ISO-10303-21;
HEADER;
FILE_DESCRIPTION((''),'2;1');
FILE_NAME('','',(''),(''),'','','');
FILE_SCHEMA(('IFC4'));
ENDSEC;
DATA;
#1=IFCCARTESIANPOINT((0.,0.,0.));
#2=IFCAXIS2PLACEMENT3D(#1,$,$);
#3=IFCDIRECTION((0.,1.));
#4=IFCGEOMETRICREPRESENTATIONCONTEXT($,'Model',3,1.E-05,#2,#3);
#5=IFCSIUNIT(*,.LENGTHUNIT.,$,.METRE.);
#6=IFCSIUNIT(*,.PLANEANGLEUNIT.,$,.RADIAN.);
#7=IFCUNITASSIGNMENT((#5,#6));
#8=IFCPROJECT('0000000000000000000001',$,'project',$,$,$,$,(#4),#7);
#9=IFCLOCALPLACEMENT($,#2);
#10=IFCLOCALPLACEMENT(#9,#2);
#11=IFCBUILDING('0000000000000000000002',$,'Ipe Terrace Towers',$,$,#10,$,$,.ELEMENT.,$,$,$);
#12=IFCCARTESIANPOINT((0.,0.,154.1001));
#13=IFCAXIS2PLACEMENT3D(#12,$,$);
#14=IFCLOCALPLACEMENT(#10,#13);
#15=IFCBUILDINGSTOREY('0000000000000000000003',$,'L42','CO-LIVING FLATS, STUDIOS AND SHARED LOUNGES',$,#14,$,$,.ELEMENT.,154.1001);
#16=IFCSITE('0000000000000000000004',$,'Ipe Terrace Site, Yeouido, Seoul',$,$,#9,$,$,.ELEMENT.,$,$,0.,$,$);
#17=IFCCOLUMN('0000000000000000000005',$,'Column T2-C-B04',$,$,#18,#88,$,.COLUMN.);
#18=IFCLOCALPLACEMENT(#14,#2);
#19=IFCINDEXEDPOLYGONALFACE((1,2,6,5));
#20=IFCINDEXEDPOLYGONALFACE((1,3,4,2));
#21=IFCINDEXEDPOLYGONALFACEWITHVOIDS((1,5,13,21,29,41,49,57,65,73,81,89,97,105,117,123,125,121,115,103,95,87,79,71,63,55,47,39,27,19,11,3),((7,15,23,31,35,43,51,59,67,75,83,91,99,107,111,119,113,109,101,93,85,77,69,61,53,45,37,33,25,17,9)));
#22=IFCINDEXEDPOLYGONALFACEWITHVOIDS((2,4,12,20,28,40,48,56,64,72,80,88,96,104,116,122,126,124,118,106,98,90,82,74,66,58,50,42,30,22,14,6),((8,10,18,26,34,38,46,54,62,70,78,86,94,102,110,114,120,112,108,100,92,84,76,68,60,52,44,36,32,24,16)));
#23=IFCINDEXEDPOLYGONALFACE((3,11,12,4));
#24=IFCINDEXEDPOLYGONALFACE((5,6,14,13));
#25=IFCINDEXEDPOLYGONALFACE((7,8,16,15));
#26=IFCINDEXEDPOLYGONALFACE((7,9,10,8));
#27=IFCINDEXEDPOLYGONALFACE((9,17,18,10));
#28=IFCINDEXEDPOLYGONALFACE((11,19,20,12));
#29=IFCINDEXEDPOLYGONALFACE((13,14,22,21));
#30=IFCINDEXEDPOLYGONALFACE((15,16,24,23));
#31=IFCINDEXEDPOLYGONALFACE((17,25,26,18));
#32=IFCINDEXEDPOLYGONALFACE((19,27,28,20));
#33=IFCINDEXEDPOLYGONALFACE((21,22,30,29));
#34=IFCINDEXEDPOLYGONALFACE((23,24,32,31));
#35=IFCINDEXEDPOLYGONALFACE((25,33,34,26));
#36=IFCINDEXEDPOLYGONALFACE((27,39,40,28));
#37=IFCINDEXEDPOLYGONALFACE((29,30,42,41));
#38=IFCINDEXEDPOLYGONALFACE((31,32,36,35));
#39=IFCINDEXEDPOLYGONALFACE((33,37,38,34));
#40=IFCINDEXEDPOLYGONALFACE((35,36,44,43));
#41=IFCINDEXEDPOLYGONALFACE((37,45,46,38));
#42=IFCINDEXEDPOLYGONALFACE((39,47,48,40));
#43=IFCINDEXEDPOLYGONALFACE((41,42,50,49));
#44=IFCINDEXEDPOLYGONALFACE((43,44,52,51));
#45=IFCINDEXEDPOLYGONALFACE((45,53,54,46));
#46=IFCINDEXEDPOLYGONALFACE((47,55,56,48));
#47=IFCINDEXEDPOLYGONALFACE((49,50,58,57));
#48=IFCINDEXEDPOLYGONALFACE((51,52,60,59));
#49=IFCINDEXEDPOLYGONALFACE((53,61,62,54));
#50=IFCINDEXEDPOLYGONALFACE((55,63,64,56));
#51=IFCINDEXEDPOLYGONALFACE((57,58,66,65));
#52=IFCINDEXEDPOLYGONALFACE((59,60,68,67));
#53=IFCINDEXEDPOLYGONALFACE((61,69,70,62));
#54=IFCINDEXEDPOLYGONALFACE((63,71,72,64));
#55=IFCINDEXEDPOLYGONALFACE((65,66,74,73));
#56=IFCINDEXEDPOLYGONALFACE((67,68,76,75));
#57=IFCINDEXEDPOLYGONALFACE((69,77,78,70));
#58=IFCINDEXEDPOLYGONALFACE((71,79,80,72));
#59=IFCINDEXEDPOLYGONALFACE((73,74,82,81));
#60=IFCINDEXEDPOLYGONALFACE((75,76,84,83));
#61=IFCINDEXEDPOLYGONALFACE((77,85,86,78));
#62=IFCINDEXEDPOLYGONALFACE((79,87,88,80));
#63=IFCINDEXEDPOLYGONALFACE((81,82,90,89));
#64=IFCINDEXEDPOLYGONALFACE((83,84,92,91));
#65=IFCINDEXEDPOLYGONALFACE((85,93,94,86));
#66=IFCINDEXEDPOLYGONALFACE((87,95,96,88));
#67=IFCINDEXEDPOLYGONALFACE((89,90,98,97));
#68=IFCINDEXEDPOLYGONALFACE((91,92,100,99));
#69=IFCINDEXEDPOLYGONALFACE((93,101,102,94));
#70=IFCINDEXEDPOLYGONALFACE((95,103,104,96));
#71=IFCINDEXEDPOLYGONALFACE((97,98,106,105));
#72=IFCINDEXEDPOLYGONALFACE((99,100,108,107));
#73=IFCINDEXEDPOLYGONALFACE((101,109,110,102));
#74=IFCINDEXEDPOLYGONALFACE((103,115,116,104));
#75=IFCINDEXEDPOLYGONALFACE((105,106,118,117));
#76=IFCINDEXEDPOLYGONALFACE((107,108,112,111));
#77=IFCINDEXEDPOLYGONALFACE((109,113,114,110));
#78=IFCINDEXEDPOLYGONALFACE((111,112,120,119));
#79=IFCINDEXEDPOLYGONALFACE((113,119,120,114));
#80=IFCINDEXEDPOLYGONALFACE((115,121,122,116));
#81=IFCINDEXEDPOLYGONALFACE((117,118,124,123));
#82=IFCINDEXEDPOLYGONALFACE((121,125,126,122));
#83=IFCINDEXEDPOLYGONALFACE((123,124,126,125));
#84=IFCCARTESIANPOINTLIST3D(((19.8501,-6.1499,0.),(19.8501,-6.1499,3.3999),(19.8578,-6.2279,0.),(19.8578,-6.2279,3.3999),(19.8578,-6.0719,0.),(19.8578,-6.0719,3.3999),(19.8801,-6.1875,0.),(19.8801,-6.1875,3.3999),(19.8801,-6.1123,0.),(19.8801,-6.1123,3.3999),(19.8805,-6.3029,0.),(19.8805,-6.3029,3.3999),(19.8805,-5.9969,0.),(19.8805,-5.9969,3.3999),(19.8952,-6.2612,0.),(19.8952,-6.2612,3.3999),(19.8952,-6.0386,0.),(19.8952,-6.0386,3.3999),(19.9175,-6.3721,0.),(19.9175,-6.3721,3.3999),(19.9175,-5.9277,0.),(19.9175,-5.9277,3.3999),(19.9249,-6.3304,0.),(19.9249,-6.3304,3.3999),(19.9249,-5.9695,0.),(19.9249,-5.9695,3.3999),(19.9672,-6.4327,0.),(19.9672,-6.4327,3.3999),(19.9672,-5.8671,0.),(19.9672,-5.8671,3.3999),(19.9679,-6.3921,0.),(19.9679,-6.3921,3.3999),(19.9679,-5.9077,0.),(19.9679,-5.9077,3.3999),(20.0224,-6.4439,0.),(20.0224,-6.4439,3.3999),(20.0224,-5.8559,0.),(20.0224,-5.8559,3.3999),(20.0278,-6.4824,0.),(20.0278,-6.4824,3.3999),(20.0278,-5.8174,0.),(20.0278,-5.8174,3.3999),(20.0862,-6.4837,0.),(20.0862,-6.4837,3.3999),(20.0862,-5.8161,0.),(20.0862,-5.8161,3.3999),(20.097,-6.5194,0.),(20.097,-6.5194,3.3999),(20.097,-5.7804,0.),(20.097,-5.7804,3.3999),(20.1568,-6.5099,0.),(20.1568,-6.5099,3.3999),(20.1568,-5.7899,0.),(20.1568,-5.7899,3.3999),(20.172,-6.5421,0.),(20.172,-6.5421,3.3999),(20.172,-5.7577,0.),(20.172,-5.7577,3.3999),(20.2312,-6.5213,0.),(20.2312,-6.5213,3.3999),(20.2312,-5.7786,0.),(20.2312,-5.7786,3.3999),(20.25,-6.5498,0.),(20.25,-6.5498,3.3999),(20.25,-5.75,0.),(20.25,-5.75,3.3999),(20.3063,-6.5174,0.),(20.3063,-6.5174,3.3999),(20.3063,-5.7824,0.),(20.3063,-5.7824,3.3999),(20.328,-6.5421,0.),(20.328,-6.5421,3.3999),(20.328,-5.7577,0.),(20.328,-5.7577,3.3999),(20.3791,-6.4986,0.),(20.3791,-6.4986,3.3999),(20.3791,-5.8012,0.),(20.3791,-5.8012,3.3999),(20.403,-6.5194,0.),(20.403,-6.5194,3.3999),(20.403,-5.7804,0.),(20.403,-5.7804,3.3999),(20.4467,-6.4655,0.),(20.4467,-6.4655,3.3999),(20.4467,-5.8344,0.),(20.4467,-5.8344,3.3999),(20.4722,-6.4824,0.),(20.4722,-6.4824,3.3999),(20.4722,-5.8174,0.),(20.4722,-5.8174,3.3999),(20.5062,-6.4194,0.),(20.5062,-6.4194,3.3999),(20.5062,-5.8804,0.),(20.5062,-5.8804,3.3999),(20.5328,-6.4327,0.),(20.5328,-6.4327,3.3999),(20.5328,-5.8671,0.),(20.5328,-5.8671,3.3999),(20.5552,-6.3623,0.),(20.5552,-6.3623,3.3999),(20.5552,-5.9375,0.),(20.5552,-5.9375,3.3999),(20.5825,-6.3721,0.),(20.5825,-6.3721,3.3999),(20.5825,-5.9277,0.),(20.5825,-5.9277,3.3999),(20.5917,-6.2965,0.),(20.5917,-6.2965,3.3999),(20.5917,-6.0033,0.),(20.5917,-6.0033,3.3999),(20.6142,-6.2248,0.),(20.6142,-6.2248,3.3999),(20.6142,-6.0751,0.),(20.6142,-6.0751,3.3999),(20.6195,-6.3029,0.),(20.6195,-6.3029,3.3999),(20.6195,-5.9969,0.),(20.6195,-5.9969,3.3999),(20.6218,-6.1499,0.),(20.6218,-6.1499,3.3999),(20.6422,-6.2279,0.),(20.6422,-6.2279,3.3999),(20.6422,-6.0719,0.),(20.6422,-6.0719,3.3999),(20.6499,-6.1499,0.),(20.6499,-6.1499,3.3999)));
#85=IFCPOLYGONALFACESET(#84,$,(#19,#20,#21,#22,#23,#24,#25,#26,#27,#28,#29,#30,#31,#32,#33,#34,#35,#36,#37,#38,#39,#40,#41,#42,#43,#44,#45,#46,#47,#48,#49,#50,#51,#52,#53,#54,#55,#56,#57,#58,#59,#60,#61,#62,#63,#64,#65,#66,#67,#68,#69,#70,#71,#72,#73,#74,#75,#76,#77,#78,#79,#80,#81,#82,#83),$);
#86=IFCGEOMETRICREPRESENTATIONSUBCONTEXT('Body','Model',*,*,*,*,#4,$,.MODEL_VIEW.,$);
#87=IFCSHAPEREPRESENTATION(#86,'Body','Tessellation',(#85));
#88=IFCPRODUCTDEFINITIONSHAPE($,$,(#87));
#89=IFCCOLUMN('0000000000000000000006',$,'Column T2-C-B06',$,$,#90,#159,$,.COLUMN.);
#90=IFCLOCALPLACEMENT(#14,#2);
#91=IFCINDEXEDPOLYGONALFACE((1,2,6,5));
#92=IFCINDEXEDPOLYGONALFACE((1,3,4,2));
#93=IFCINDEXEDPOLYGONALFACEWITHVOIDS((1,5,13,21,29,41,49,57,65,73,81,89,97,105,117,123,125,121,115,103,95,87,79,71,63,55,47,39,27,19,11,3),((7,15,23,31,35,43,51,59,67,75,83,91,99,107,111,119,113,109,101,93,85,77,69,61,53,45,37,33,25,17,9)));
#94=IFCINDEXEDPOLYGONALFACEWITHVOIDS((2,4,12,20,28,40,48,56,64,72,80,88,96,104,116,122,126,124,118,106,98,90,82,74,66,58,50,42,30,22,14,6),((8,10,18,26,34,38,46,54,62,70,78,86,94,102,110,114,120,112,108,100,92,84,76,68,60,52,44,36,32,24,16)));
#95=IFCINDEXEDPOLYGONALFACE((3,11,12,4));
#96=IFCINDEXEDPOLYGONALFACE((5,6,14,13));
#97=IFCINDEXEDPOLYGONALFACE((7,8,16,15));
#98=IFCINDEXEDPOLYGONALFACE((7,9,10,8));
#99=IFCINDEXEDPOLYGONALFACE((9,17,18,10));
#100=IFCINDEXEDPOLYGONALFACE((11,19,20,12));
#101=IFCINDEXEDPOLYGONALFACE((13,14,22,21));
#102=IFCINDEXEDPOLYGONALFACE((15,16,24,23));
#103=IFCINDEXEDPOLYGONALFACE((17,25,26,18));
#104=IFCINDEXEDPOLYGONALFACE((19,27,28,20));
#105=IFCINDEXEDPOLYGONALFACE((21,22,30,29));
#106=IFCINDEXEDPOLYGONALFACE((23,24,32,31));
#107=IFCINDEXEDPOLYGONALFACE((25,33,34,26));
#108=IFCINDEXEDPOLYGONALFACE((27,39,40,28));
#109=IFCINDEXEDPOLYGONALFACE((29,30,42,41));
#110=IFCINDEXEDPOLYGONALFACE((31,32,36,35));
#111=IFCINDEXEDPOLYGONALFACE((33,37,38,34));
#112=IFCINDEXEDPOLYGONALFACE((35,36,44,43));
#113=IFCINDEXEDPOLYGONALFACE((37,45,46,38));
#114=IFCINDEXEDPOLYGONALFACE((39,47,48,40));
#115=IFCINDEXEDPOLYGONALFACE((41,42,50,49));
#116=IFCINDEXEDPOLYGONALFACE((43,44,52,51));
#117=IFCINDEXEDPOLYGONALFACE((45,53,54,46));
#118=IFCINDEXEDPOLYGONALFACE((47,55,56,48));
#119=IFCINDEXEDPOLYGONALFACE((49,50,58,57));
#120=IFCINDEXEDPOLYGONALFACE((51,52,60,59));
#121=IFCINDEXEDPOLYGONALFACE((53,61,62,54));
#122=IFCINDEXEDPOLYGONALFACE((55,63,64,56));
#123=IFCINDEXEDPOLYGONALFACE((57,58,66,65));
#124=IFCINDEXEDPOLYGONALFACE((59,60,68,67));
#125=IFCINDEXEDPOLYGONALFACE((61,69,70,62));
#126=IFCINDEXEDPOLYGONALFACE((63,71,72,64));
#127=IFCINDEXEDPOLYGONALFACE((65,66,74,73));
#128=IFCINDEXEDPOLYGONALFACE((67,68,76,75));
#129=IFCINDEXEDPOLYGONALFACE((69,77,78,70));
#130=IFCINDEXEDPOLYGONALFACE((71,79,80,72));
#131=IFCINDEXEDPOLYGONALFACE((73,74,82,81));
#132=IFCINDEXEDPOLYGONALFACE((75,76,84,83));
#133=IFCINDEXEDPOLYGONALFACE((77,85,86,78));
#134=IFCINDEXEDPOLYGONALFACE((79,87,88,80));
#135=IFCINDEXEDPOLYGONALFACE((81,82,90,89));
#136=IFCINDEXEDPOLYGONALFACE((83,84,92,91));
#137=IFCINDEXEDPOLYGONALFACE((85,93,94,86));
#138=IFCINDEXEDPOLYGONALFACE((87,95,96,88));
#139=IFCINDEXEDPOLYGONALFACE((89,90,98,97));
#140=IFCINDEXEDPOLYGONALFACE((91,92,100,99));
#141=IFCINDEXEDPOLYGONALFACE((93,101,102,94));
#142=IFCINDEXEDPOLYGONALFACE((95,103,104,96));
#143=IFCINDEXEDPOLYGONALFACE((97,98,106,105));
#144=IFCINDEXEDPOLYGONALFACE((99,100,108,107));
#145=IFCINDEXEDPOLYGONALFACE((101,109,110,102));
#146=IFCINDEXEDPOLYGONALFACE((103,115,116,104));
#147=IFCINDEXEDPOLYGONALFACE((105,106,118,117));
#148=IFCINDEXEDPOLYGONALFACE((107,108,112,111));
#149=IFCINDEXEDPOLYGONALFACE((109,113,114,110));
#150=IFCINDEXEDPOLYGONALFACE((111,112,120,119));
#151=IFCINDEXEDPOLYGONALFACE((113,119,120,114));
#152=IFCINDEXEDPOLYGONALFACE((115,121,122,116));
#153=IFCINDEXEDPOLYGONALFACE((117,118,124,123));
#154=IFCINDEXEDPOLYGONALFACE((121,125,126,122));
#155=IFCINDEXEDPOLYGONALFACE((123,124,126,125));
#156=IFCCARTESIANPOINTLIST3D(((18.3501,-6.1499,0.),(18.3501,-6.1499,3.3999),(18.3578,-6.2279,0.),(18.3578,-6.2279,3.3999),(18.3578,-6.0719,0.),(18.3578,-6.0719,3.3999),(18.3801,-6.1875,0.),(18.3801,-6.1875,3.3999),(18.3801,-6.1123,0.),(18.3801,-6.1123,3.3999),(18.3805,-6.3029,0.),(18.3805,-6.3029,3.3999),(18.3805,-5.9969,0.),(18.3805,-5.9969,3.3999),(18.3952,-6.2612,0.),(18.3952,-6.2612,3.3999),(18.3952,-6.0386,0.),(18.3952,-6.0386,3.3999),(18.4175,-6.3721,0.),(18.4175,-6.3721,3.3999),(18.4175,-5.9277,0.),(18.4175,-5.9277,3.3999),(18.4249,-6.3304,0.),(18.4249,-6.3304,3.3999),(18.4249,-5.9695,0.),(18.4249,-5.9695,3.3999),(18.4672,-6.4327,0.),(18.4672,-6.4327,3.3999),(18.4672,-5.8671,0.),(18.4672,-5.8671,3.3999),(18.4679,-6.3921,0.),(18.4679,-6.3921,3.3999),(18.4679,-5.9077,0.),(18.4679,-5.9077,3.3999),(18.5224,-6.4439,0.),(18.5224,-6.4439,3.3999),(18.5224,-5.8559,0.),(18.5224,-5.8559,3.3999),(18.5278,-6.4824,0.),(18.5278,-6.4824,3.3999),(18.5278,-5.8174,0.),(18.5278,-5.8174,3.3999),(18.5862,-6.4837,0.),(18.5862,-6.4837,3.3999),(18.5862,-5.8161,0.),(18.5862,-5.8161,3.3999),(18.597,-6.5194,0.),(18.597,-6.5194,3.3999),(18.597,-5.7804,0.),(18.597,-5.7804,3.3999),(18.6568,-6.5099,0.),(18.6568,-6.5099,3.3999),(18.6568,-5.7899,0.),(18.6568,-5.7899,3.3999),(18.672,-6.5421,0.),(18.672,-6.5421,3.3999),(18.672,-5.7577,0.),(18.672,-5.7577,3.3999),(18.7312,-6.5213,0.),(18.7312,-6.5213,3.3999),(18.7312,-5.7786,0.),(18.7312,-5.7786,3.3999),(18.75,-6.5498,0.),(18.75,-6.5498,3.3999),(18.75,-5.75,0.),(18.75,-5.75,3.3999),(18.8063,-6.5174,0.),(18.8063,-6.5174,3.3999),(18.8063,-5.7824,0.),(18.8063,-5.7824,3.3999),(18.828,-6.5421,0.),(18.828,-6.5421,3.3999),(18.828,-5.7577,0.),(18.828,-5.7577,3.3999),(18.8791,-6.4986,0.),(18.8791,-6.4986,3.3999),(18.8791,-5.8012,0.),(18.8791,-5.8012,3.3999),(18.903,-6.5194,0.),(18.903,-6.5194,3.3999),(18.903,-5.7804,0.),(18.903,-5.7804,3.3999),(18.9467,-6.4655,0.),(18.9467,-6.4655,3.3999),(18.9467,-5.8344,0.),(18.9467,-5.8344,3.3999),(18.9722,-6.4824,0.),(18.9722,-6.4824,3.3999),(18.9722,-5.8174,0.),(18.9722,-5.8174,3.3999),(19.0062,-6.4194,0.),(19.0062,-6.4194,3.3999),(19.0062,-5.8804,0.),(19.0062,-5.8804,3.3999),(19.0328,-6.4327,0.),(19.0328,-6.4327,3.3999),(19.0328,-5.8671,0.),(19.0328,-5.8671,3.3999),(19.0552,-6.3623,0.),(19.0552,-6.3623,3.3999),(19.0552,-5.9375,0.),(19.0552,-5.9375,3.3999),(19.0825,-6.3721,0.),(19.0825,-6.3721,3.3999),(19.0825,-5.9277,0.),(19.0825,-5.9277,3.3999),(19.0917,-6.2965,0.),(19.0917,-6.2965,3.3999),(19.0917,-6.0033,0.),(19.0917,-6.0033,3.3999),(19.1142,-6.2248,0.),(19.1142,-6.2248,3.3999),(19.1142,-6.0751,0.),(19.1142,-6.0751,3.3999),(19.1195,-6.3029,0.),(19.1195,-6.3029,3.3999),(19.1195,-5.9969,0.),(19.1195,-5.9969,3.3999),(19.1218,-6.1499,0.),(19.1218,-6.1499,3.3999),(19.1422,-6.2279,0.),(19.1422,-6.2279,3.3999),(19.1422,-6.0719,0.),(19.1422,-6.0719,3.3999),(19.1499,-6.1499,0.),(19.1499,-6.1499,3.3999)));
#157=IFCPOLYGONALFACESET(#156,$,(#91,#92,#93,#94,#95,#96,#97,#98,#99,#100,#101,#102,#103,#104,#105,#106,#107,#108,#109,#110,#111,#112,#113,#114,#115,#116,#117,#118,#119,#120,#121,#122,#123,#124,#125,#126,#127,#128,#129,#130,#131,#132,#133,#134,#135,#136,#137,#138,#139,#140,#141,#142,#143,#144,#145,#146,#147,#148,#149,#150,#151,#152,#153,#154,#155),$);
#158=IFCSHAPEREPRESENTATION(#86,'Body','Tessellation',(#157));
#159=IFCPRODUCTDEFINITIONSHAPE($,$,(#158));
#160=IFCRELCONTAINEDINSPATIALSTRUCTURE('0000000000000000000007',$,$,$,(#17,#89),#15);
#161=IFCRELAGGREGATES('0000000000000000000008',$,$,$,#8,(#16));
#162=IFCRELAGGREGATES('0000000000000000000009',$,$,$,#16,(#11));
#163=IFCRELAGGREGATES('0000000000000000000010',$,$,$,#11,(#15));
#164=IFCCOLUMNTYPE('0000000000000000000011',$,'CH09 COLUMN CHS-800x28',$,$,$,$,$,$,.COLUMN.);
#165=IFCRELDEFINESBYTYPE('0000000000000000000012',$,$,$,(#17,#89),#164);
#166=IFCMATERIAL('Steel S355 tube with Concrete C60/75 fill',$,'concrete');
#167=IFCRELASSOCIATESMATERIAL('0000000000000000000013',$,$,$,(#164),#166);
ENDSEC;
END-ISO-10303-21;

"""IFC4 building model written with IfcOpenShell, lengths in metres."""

from ifc_helpers import new_model, si_unit, direction, frame, origin, origin_2d, place, context, subcontext, project, spatial, hollow_circle, extrude, material, material_profile, profile_set, type_object, element, save


model = new_model("IFC4")

# Units and contexts
model_context = context("Model", 3, precision=1e-05, world=origin(), true_north=direction((0.0, 1.0)))
body_context = subcontext(model_context, "Body", "Model", "MODEL_VIEW")
ifc_project = project(units=[si_unit("LENGTHUNIT", "METRE"), si_unit("PLANEANGLEUNIT", "RADIAN")], contexts=[model_context])

# Site, building, storey
site_placement = place(None, origin())
site = spatial("IfcSite", under=ifc_project, at=site_placement, Name="Ipe Terrace Site, Yeouido, Seoul", CompositionType="ELEMENT", RefElevation=0.0)
building_placement = place(site_placement, origin())
building = spatial("IfcBuilding", under=site, at=building_placement, Name="Ipe Terrace Towers", CompositionType="ELEMENT")
storey_placement = place(building_placement, frame((0.0, 0.0, 154.1001)))
storey = spatial("IfcBuildingStorey", under=building, at=storey_placement, Name="L42", Description="CO-LIVING FLATS, STUDIOS AND SHARED LOUNGES", CompositionType="ELEMENT", Elevation=154.1001)

# Columns
ifc_material_1 = material(Name="Steel S355 tube with Concrete C60/75 fill", Category="concrete")
ifc_material_profile_1 = material_profile(ifc_material_1, hollow_circle(Radius=0.3999, WallThickness=0.0281, at=origin_2d()), Name="CHS-800x28")
ifc_profile_set_1 = profile_set([ifc_material_profile_1], Name="Steel S355 tube with Concrete C60/75 fill")
column_type = type_object("IfcColumnType", Name="CH09 COLUMN CHS-800x28", PredefinedType="COLUMN", material=ifc_profile_set_1)
for number, where, z_axis, x_axis, name in (
    (1, (20.25, -6.1499, 0.0), (0.0, 0.0, 1.0), (1.0, 0.0, 0.0), "Column T2-C-B04"),
    (2, (18.75, -6.1499, 0.0), (0.0, 0.0, 1.0), (1.0, 0.0, 0.0), "Column T2-C-B06"),
):
    element("IfcColumn", number, at=place(storey_placement, frame(where, z_axis=z_axis, x_axis=x_axis)), inside=storey, type_object=column_type, Name=name, PredefinedType="COLUMN", context=body_context, shape_type="SweptSolid", body=[
        extrude(hollow_circle(Radius=0.3999, WallThickness=0.0281, at=origin_2d()), origin(), (0.0, 0.0, 1.0), 3.3999),
    ])

save(model, "model.ifc")
